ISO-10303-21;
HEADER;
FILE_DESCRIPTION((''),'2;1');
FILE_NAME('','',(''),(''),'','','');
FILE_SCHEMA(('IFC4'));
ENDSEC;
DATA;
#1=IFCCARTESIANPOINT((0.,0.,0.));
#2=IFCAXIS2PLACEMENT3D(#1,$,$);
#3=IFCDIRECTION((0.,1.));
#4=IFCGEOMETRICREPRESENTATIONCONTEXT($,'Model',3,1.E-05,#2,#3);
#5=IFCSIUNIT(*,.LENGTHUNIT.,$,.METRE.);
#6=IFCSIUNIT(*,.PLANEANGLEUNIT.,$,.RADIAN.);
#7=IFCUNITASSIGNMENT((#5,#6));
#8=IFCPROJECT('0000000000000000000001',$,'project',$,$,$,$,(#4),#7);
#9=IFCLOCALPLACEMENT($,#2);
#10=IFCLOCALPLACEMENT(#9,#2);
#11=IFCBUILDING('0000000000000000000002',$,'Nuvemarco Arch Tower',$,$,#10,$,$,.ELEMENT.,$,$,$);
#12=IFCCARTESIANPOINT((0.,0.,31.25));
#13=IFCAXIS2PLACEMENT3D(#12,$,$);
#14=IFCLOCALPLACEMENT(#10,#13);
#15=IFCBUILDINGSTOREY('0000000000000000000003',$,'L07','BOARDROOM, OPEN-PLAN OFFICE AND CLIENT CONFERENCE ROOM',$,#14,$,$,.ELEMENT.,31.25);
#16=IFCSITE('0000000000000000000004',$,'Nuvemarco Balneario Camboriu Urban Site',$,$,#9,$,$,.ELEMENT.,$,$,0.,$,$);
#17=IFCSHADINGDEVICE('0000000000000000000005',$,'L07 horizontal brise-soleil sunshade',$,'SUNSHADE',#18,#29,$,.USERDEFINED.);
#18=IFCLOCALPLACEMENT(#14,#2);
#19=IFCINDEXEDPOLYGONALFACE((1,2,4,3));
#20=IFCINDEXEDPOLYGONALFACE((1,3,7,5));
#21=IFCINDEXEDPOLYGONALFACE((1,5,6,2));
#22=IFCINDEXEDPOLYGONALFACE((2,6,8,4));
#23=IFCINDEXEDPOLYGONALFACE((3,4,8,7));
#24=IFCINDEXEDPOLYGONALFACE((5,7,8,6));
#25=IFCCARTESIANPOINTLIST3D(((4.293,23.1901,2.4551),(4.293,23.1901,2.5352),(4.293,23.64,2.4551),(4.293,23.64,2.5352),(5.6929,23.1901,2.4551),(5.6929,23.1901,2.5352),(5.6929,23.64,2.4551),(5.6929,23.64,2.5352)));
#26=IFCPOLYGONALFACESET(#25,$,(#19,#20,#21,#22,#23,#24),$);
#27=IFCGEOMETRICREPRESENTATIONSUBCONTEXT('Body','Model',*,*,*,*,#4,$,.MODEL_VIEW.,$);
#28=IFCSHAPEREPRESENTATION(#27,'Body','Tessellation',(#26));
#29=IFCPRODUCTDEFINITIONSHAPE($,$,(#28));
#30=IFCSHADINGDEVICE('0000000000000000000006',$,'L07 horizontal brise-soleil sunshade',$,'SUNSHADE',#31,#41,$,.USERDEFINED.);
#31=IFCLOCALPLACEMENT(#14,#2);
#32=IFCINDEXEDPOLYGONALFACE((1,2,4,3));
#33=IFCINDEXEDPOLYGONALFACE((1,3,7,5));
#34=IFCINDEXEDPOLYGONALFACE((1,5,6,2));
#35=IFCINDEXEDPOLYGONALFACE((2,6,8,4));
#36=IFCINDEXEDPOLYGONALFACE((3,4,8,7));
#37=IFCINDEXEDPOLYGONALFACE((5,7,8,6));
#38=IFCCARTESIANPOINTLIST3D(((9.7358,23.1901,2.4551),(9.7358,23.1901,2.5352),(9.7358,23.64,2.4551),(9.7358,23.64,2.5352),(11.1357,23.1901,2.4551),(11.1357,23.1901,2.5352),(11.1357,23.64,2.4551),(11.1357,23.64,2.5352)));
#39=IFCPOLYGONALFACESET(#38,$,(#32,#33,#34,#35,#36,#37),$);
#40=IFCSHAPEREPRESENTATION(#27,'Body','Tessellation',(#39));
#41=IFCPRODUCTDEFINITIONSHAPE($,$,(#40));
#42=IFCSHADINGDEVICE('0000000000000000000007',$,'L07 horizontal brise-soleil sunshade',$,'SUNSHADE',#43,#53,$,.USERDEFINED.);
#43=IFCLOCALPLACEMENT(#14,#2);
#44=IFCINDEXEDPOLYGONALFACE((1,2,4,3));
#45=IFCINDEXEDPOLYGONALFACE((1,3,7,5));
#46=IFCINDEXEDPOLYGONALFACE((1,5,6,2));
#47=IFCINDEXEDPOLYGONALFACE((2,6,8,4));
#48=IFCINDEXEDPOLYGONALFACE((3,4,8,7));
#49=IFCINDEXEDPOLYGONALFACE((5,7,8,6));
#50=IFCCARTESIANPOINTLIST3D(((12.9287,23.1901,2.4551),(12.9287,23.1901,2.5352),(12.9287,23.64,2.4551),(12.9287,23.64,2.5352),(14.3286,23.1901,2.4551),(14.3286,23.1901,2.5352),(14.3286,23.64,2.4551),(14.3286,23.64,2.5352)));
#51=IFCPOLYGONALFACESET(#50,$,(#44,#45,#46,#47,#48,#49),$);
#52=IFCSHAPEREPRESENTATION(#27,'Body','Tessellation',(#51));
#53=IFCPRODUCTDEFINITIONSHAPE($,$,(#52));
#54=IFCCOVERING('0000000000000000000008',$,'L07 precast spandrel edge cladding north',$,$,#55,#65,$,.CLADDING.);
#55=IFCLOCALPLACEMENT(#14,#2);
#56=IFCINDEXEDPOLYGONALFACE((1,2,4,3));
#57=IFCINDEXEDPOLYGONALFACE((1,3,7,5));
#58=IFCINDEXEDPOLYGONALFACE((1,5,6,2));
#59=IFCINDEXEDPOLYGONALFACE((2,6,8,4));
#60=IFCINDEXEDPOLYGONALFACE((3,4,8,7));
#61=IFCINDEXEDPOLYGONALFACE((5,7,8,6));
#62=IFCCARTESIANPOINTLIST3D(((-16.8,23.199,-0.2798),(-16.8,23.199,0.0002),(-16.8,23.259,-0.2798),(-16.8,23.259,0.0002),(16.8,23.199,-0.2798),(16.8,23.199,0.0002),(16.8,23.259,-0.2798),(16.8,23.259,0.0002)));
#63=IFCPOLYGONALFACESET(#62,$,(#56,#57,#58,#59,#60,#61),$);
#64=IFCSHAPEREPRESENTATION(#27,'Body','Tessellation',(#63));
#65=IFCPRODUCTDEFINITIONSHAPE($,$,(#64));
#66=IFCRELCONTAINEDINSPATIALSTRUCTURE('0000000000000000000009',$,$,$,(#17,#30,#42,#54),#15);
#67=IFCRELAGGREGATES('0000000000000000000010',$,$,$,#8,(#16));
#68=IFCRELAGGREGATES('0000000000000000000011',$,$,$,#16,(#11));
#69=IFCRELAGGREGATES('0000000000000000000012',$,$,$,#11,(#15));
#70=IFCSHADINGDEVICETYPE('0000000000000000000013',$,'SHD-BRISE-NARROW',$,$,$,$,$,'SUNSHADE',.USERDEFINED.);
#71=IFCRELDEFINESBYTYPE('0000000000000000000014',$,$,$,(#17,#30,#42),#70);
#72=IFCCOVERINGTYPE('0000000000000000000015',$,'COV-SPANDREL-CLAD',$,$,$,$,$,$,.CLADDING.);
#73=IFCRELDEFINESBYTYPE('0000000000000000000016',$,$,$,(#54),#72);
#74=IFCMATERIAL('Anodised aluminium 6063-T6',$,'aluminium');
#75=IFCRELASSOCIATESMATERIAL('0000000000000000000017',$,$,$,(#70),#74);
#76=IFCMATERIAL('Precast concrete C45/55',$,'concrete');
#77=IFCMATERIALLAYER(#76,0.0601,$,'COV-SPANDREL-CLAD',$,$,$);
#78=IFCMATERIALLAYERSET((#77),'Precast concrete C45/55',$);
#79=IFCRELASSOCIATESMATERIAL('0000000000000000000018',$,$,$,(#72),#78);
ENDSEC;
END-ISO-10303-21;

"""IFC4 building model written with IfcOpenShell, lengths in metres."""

from ifc_helpers import new_model, si_unit, direction, frame, origin, origin_2d, place, context, subcontext, project, spatial, rectangle, extrude, source, transform, mapped, material, layer, layer_set, type_object, type_shapes, element, save


model = new_model("IFC4")

# Units and contexts
model_context = context("Model", 3, precision=1e-05, world=origin(), true_north=direction((0.0, 1.0)))
body_context = subcontext(model_context, "Body", "Model", "MODEL_VIEW")
ifc_project = project(units=[si_unit("LENGTHUNIT", "METRE"), si_unit("PLANEANGLEUNIT", "RADIAN")], contexts=[model_context])

# Site, building, storey
site_placement = place(None, origin())
site = spatial("IfcSite", under=ifc_project, at=site_placement, Name="Nuvemarco Balneario Camboriu Urban Site", CompositionType="ELEMENT", RefElevation=0.0)
building_placement = place(site_placement, origin())
building = spatial("IfcBuilding", under=site, at=building_placement, Name="Nuvemarco Arch Tower", CompositionType="ELEMENT")
storey_placement = place(building_placement, frame((0.0, 0.0, 31.25)))
storey = spatial("IfcBuildingStorey", under=building, at=storey_placement, Name="L07", Description="BOARDROOM, OPEN-PLAN OFFICE AND CLIENT CONFERENCE ROOM", CompositionType="ELEMENT", Elevation=31.25)

# Shared definitions
ifc_material_1 = material(Name="Precast concrete C45/55", Category="concrete")

# Shading devices
ifc_material_2 = material(Name="Anodised aluminium 6063-T6", Category="aluminium")
shading_device_type_1 = type_object("IfcShadingDeviceType", Name="SHD-BRISE-NARROW", ElementType="SUNSHADE", PredefinedType="USERDEFINED", material=ifc_material_2)
shared_shape_1 = source(origin(), body_context, "Body", "SweptSolid", [
    extrude(rectangle(XDim=1.3999, YDim=0.45, at=origin_2d()), origin(), (0.0, 0.0, 1.0), 0.0801),
])
type_shapes(shading_device_type_1, [shared_shape_1])
for number, where, z_axis, x_axis, name in (
    (1, (4.9929, 23.415, 2.4551), (0.0, 0.0, 1.0), (1.0, 0.0, 0.0), "L07 horizontal brise-soleil sunshade"),
    (2, (10.4358, 23.415, 2.4551), (0.0, 0.0, 1.0), (1.0, 0.0, 0.0), "L07 horizontal brise-soleil sunshade"),
    (3, (13.6287, 23.415, 2.4551), (0.0, 0.0, 1.0), (1.0, 0.0, 0.0), "L07 horizontal brise-soleil sunshade"),
):
    element("IfcShadingDevice", number, at=place(storey_placement, frame(where, z_axis=z_axis, x_axis=x_axis)), inside=storey, type_object=shading_device_type_1, Name=name, ObjectType="SUNSHADE", PredefinedType="USERDEFINED", context=body_context, shape_type="MappedRepresentation", body=[
        mapped(shared_shape_1, transform((0.0, 0.0, 0.0), scale=1.0)),
    ])

# Covering
ifc_layer_1 = layer(ifc_material_1, 0.0601, Name="COV-SPANDREL-CLAD")
ifc_layer_set_1 = layer_set([ifc_layer_1], Name="Precast concrete C45/55")
covering_type = type_object("IfcCoveringType", Name="COV-SPANDREL-CLAD", PredefinedType="CLADDING", material=ifc_layer_set_1)
shared_shape_2 = source(origin(), body_context, "Body", "SweptSolid", [
    extrude(rectangle(XDim=33.6001, YDim=0.0601, at=origin_2d()), origin(), (0.0, 0.0, 1.0), 0.28),
])
type_shapes(covering_type, [shared_shape_2])
covering_placement = place(storey_placement, frame((0.0, 23.229, -0.2798), z_axis=(0.0, 0.0, 1.0), x_axis=(1.0, 0.0, 0.0)))
element("IfcCovering", 4, at=covering_placement, inside=storey, type_object=covering_type, Name="L07 precast spandrel edge cladding north", PredefinedType="CLADDING", context=body_context, shape_type="MappedRepresentation", body=[
    mapped(shared_shape_2, transform((0.0, 0.0, 0.0), scale=1.0)),
])

save(model, "model.ifc")
